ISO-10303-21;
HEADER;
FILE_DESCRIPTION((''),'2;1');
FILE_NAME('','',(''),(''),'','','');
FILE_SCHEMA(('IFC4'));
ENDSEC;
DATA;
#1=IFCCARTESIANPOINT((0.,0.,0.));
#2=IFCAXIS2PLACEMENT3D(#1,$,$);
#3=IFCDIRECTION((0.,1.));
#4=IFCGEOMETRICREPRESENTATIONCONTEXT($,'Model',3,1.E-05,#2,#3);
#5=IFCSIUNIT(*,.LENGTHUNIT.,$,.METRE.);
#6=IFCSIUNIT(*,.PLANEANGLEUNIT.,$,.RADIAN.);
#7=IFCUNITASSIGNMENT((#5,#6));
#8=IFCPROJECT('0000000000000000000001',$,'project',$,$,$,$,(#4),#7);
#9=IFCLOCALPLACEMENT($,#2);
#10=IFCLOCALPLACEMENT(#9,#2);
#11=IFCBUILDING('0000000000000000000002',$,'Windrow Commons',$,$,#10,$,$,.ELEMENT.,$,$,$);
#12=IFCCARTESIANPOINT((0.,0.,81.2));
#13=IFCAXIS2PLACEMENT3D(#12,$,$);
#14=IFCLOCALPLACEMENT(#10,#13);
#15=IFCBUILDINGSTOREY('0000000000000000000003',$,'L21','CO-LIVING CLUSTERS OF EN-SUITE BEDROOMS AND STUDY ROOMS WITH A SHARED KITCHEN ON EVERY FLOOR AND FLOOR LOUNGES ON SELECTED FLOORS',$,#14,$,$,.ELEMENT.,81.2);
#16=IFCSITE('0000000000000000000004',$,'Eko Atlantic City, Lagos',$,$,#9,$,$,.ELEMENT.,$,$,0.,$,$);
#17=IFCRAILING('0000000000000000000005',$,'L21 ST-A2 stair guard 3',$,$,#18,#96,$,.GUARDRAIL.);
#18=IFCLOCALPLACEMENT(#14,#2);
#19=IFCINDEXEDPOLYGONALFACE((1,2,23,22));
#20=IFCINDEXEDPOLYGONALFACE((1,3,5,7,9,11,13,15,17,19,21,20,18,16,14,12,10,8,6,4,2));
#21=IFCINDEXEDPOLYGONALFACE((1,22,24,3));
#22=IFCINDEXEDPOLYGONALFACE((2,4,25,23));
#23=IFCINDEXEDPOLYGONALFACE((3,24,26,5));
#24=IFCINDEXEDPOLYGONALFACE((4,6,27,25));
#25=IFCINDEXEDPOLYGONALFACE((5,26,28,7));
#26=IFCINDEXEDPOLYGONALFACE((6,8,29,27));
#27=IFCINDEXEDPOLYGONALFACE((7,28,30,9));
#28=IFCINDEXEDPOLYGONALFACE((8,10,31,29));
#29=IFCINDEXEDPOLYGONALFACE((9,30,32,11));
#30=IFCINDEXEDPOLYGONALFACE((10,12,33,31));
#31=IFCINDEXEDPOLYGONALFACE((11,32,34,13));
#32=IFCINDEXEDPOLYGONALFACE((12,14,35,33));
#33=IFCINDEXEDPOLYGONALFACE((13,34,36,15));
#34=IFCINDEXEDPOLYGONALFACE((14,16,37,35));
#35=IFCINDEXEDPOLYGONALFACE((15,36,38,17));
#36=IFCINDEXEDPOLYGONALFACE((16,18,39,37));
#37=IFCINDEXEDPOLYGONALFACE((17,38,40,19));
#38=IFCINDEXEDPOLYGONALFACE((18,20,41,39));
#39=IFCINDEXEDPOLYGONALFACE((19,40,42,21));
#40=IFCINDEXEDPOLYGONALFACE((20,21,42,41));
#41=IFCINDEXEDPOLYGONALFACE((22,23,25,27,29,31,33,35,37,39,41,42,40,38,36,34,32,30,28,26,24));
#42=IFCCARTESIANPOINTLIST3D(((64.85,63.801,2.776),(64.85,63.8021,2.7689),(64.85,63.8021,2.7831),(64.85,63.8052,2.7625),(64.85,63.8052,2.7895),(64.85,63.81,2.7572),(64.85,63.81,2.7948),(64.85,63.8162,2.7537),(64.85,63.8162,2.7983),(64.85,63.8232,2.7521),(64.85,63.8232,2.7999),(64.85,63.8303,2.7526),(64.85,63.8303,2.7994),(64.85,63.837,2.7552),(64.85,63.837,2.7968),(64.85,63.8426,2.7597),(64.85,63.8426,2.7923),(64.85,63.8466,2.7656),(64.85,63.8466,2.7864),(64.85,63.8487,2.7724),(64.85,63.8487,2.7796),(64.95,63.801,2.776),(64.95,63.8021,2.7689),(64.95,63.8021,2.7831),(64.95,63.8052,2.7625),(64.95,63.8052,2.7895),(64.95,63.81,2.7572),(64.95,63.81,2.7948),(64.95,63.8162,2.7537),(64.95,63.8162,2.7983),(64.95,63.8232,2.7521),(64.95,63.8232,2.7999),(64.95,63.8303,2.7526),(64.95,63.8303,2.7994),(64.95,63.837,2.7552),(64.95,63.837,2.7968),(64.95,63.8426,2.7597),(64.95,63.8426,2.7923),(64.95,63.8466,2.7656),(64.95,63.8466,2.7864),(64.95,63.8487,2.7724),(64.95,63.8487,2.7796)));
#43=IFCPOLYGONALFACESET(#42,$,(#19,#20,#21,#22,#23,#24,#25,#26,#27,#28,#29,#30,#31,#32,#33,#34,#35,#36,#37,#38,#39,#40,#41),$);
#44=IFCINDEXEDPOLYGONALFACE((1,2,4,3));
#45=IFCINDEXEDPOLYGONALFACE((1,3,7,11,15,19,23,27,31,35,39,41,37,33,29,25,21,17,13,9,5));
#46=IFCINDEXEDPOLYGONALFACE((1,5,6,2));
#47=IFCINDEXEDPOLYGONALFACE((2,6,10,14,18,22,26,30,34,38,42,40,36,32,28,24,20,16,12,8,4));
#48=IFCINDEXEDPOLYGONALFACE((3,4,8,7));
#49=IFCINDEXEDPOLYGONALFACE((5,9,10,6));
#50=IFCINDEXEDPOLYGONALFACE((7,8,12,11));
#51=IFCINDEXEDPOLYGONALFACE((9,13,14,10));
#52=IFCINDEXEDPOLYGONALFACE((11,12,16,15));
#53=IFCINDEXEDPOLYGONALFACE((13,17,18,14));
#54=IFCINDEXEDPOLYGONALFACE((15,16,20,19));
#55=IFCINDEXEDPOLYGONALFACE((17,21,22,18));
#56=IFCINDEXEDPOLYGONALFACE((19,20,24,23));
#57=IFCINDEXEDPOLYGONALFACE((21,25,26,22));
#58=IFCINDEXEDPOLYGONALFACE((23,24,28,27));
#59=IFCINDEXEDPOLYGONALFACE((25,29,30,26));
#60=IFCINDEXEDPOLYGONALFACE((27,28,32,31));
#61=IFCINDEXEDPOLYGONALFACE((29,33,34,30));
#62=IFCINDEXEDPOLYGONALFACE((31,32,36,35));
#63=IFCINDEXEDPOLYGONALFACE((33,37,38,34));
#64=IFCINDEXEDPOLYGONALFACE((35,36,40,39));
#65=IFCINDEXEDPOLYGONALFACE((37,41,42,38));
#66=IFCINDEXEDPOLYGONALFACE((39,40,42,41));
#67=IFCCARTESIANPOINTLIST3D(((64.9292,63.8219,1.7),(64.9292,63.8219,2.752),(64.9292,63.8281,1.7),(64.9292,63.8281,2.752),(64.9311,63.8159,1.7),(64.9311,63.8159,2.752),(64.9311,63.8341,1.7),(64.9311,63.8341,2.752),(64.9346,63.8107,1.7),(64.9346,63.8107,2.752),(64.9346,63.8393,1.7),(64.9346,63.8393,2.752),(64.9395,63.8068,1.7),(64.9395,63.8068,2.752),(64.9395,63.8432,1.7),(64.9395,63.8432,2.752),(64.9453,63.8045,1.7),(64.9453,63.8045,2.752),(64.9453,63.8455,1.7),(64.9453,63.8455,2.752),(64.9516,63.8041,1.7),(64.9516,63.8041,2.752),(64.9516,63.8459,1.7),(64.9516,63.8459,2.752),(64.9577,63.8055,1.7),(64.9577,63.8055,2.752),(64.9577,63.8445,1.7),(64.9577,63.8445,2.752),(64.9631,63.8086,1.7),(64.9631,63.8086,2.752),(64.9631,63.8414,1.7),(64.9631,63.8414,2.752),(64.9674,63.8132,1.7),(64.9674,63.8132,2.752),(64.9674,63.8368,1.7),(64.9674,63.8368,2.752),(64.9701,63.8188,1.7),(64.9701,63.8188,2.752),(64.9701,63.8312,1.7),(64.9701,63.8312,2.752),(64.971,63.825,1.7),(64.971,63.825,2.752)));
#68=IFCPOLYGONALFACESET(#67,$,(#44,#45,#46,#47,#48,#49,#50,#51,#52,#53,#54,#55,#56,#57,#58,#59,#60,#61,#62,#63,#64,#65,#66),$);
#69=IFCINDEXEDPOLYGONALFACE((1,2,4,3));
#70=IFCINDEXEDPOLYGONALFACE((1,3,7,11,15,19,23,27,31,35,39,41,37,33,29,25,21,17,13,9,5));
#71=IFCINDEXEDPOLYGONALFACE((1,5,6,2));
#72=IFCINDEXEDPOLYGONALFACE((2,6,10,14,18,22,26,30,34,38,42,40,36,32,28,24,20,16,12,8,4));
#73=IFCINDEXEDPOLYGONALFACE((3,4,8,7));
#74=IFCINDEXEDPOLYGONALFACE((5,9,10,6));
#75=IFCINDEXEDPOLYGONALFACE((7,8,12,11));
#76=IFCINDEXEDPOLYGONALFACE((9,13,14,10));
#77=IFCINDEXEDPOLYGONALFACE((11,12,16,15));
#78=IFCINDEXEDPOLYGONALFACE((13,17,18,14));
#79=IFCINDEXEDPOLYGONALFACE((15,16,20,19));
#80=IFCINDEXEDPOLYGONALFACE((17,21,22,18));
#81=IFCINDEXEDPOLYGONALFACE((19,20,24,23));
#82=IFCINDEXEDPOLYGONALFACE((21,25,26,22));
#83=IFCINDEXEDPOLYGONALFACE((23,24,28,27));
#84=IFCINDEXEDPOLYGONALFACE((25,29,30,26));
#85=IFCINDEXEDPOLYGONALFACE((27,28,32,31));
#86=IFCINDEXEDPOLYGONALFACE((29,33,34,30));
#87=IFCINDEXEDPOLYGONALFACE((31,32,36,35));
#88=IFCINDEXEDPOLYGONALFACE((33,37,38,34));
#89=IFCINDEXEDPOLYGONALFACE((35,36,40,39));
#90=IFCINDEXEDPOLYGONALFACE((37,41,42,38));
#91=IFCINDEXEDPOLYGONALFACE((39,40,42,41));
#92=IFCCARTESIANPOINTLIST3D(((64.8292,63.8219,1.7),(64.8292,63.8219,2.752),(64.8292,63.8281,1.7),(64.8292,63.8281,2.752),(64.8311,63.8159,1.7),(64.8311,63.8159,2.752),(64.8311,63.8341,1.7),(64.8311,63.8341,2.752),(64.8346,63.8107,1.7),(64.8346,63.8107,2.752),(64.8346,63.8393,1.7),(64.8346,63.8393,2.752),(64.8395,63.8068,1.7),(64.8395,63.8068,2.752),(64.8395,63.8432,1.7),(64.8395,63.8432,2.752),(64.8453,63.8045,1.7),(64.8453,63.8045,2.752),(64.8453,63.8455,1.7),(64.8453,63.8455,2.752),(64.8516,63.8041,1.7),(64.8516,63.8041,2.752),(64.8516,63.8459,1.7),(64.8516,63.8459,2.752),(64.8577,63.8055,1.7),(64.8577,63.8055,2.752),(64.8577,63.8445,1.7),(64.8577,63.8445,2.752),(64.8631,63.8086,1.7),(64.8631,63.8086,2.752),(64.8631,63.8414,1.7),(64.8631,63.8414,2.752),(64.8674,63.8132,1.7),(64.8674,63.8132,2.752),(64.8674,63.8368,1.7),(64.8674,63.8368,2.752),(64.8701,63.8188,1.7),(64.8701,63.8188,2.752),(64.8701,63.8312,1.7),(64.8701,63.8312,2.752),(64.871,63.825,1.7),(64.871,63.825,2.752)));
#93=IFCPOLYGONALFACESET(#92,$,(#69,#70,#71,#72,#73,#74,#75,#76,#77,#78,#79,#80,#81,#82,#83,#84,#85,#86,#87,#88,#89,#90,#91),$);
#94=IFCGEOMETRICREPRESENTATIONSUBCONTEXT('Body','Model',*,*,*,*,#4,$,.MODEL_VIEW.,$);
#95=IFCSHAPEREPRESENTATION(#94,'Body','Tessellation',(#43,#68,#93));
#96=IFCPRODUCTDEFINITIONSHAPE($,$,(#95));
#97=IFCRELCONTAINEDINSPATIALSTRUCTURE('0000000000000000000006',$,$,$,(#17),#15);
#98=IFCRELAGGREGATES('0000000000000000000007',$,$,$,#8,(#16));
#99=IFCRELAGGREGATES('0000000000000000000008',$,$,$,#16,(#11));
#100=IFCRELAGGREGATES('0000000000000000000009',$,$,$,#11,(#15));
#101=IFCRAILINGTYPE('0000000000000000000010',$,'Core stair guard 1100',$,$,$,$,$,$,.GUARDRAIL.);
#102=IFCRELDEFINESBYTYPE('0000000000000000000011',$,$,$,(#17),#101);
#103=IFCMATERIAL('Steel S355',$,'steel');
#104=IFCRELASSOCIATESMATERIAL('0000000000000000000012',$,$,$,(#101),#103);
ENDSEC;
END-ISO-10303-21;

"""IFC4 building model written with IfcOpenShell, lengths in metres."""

from ifc_helpers import new_model, si_unit, direction, frame, origin, origin_2d, place, context, subcontext, project, spatial, circle, extrude, material, type_object, element, save


model = new_model("IFC4")

# Units and contexts
model_context = context("Model", 3, precision=1e-05, world=origin(), true_north=direction((0.0, 1.0)))
body_context = subcontext(model_context, "Body", "Model", "MODEL_VIEW")
ifc_project = project(units=[si_unit("LENGTHUNIT", "METRE"), si_unit("PLANEANGLEUNIT", "RADIAN")], contexts=[model_context])

# Site, building, storey
site_placement = place(None, origin())
site = spatial("IfcSite", under=ifc_project, at=site_placement, Name="Eko Atlantic City, Lagos", CompositionType="ELEMENT", RefElevation=0.0)
building_placement = place(site_placement, origin())
building = spatial("IfcBuilding", under=site, at=building_placement, Name="Windrow Commons", CompositionType="ELEMENT")
storey_placement = place(building_placement, frame((0.0, 0.0, 81.2)))
storey = spatial("IfcBuildingStorey", under=building, at=storey_placement, Name="L21", Description="CO-LIVING CLUSTERS OF EN-SUITE BEDROOMS AND STUDY ROOMS WITH A SHARED KITCHEN ON EVERY FLOOR AND FLOOR LOUNGES ON SELECTED FLOORS", CompositionType="ELEMENT", Elevation=81.2)

# Railing
ifc_material_1 = material(Name="Steel S355", Category="steel")
railing_type_1 = type_object("IfcRailingType", Name="Core stair guard 1100", PredefinedType="GUARDRAIL", material=ifc_material_1)
railing_1_placement = place(storey_placement, frame((64.95, 63.825, 1.7)))
element("IfcRailing", 1, at=railing_1_placement, inside=storey, type_object=railing_type_1, Name="L21 ST-A2 stair guard 3", PredefinedType="GUARDRAIL", context=body_context, shape_type="SweptSolid", body=[
    extrude(circle(Radius=0.024, at=origin_2d()), frame((0.0, 0.0, 1.076), z_axis=(-1.0, 0.0, 0.0), x_axis=(0.0, -1.0, 0.0)), (0.0, 0.0, 1.0), 0.1),
    extrude(circle(Radius=0.021, at=origin_2d()), origin(), (0.0, 0.0, 1.0), 1.052),
    extrude(circle(Radius=0.021, at=origin_2d()), frame((-0.1, 0.0, 0.0)), (0.0, 0.0, 1.0), 1.052),
])

save(model, "model.ifc")
